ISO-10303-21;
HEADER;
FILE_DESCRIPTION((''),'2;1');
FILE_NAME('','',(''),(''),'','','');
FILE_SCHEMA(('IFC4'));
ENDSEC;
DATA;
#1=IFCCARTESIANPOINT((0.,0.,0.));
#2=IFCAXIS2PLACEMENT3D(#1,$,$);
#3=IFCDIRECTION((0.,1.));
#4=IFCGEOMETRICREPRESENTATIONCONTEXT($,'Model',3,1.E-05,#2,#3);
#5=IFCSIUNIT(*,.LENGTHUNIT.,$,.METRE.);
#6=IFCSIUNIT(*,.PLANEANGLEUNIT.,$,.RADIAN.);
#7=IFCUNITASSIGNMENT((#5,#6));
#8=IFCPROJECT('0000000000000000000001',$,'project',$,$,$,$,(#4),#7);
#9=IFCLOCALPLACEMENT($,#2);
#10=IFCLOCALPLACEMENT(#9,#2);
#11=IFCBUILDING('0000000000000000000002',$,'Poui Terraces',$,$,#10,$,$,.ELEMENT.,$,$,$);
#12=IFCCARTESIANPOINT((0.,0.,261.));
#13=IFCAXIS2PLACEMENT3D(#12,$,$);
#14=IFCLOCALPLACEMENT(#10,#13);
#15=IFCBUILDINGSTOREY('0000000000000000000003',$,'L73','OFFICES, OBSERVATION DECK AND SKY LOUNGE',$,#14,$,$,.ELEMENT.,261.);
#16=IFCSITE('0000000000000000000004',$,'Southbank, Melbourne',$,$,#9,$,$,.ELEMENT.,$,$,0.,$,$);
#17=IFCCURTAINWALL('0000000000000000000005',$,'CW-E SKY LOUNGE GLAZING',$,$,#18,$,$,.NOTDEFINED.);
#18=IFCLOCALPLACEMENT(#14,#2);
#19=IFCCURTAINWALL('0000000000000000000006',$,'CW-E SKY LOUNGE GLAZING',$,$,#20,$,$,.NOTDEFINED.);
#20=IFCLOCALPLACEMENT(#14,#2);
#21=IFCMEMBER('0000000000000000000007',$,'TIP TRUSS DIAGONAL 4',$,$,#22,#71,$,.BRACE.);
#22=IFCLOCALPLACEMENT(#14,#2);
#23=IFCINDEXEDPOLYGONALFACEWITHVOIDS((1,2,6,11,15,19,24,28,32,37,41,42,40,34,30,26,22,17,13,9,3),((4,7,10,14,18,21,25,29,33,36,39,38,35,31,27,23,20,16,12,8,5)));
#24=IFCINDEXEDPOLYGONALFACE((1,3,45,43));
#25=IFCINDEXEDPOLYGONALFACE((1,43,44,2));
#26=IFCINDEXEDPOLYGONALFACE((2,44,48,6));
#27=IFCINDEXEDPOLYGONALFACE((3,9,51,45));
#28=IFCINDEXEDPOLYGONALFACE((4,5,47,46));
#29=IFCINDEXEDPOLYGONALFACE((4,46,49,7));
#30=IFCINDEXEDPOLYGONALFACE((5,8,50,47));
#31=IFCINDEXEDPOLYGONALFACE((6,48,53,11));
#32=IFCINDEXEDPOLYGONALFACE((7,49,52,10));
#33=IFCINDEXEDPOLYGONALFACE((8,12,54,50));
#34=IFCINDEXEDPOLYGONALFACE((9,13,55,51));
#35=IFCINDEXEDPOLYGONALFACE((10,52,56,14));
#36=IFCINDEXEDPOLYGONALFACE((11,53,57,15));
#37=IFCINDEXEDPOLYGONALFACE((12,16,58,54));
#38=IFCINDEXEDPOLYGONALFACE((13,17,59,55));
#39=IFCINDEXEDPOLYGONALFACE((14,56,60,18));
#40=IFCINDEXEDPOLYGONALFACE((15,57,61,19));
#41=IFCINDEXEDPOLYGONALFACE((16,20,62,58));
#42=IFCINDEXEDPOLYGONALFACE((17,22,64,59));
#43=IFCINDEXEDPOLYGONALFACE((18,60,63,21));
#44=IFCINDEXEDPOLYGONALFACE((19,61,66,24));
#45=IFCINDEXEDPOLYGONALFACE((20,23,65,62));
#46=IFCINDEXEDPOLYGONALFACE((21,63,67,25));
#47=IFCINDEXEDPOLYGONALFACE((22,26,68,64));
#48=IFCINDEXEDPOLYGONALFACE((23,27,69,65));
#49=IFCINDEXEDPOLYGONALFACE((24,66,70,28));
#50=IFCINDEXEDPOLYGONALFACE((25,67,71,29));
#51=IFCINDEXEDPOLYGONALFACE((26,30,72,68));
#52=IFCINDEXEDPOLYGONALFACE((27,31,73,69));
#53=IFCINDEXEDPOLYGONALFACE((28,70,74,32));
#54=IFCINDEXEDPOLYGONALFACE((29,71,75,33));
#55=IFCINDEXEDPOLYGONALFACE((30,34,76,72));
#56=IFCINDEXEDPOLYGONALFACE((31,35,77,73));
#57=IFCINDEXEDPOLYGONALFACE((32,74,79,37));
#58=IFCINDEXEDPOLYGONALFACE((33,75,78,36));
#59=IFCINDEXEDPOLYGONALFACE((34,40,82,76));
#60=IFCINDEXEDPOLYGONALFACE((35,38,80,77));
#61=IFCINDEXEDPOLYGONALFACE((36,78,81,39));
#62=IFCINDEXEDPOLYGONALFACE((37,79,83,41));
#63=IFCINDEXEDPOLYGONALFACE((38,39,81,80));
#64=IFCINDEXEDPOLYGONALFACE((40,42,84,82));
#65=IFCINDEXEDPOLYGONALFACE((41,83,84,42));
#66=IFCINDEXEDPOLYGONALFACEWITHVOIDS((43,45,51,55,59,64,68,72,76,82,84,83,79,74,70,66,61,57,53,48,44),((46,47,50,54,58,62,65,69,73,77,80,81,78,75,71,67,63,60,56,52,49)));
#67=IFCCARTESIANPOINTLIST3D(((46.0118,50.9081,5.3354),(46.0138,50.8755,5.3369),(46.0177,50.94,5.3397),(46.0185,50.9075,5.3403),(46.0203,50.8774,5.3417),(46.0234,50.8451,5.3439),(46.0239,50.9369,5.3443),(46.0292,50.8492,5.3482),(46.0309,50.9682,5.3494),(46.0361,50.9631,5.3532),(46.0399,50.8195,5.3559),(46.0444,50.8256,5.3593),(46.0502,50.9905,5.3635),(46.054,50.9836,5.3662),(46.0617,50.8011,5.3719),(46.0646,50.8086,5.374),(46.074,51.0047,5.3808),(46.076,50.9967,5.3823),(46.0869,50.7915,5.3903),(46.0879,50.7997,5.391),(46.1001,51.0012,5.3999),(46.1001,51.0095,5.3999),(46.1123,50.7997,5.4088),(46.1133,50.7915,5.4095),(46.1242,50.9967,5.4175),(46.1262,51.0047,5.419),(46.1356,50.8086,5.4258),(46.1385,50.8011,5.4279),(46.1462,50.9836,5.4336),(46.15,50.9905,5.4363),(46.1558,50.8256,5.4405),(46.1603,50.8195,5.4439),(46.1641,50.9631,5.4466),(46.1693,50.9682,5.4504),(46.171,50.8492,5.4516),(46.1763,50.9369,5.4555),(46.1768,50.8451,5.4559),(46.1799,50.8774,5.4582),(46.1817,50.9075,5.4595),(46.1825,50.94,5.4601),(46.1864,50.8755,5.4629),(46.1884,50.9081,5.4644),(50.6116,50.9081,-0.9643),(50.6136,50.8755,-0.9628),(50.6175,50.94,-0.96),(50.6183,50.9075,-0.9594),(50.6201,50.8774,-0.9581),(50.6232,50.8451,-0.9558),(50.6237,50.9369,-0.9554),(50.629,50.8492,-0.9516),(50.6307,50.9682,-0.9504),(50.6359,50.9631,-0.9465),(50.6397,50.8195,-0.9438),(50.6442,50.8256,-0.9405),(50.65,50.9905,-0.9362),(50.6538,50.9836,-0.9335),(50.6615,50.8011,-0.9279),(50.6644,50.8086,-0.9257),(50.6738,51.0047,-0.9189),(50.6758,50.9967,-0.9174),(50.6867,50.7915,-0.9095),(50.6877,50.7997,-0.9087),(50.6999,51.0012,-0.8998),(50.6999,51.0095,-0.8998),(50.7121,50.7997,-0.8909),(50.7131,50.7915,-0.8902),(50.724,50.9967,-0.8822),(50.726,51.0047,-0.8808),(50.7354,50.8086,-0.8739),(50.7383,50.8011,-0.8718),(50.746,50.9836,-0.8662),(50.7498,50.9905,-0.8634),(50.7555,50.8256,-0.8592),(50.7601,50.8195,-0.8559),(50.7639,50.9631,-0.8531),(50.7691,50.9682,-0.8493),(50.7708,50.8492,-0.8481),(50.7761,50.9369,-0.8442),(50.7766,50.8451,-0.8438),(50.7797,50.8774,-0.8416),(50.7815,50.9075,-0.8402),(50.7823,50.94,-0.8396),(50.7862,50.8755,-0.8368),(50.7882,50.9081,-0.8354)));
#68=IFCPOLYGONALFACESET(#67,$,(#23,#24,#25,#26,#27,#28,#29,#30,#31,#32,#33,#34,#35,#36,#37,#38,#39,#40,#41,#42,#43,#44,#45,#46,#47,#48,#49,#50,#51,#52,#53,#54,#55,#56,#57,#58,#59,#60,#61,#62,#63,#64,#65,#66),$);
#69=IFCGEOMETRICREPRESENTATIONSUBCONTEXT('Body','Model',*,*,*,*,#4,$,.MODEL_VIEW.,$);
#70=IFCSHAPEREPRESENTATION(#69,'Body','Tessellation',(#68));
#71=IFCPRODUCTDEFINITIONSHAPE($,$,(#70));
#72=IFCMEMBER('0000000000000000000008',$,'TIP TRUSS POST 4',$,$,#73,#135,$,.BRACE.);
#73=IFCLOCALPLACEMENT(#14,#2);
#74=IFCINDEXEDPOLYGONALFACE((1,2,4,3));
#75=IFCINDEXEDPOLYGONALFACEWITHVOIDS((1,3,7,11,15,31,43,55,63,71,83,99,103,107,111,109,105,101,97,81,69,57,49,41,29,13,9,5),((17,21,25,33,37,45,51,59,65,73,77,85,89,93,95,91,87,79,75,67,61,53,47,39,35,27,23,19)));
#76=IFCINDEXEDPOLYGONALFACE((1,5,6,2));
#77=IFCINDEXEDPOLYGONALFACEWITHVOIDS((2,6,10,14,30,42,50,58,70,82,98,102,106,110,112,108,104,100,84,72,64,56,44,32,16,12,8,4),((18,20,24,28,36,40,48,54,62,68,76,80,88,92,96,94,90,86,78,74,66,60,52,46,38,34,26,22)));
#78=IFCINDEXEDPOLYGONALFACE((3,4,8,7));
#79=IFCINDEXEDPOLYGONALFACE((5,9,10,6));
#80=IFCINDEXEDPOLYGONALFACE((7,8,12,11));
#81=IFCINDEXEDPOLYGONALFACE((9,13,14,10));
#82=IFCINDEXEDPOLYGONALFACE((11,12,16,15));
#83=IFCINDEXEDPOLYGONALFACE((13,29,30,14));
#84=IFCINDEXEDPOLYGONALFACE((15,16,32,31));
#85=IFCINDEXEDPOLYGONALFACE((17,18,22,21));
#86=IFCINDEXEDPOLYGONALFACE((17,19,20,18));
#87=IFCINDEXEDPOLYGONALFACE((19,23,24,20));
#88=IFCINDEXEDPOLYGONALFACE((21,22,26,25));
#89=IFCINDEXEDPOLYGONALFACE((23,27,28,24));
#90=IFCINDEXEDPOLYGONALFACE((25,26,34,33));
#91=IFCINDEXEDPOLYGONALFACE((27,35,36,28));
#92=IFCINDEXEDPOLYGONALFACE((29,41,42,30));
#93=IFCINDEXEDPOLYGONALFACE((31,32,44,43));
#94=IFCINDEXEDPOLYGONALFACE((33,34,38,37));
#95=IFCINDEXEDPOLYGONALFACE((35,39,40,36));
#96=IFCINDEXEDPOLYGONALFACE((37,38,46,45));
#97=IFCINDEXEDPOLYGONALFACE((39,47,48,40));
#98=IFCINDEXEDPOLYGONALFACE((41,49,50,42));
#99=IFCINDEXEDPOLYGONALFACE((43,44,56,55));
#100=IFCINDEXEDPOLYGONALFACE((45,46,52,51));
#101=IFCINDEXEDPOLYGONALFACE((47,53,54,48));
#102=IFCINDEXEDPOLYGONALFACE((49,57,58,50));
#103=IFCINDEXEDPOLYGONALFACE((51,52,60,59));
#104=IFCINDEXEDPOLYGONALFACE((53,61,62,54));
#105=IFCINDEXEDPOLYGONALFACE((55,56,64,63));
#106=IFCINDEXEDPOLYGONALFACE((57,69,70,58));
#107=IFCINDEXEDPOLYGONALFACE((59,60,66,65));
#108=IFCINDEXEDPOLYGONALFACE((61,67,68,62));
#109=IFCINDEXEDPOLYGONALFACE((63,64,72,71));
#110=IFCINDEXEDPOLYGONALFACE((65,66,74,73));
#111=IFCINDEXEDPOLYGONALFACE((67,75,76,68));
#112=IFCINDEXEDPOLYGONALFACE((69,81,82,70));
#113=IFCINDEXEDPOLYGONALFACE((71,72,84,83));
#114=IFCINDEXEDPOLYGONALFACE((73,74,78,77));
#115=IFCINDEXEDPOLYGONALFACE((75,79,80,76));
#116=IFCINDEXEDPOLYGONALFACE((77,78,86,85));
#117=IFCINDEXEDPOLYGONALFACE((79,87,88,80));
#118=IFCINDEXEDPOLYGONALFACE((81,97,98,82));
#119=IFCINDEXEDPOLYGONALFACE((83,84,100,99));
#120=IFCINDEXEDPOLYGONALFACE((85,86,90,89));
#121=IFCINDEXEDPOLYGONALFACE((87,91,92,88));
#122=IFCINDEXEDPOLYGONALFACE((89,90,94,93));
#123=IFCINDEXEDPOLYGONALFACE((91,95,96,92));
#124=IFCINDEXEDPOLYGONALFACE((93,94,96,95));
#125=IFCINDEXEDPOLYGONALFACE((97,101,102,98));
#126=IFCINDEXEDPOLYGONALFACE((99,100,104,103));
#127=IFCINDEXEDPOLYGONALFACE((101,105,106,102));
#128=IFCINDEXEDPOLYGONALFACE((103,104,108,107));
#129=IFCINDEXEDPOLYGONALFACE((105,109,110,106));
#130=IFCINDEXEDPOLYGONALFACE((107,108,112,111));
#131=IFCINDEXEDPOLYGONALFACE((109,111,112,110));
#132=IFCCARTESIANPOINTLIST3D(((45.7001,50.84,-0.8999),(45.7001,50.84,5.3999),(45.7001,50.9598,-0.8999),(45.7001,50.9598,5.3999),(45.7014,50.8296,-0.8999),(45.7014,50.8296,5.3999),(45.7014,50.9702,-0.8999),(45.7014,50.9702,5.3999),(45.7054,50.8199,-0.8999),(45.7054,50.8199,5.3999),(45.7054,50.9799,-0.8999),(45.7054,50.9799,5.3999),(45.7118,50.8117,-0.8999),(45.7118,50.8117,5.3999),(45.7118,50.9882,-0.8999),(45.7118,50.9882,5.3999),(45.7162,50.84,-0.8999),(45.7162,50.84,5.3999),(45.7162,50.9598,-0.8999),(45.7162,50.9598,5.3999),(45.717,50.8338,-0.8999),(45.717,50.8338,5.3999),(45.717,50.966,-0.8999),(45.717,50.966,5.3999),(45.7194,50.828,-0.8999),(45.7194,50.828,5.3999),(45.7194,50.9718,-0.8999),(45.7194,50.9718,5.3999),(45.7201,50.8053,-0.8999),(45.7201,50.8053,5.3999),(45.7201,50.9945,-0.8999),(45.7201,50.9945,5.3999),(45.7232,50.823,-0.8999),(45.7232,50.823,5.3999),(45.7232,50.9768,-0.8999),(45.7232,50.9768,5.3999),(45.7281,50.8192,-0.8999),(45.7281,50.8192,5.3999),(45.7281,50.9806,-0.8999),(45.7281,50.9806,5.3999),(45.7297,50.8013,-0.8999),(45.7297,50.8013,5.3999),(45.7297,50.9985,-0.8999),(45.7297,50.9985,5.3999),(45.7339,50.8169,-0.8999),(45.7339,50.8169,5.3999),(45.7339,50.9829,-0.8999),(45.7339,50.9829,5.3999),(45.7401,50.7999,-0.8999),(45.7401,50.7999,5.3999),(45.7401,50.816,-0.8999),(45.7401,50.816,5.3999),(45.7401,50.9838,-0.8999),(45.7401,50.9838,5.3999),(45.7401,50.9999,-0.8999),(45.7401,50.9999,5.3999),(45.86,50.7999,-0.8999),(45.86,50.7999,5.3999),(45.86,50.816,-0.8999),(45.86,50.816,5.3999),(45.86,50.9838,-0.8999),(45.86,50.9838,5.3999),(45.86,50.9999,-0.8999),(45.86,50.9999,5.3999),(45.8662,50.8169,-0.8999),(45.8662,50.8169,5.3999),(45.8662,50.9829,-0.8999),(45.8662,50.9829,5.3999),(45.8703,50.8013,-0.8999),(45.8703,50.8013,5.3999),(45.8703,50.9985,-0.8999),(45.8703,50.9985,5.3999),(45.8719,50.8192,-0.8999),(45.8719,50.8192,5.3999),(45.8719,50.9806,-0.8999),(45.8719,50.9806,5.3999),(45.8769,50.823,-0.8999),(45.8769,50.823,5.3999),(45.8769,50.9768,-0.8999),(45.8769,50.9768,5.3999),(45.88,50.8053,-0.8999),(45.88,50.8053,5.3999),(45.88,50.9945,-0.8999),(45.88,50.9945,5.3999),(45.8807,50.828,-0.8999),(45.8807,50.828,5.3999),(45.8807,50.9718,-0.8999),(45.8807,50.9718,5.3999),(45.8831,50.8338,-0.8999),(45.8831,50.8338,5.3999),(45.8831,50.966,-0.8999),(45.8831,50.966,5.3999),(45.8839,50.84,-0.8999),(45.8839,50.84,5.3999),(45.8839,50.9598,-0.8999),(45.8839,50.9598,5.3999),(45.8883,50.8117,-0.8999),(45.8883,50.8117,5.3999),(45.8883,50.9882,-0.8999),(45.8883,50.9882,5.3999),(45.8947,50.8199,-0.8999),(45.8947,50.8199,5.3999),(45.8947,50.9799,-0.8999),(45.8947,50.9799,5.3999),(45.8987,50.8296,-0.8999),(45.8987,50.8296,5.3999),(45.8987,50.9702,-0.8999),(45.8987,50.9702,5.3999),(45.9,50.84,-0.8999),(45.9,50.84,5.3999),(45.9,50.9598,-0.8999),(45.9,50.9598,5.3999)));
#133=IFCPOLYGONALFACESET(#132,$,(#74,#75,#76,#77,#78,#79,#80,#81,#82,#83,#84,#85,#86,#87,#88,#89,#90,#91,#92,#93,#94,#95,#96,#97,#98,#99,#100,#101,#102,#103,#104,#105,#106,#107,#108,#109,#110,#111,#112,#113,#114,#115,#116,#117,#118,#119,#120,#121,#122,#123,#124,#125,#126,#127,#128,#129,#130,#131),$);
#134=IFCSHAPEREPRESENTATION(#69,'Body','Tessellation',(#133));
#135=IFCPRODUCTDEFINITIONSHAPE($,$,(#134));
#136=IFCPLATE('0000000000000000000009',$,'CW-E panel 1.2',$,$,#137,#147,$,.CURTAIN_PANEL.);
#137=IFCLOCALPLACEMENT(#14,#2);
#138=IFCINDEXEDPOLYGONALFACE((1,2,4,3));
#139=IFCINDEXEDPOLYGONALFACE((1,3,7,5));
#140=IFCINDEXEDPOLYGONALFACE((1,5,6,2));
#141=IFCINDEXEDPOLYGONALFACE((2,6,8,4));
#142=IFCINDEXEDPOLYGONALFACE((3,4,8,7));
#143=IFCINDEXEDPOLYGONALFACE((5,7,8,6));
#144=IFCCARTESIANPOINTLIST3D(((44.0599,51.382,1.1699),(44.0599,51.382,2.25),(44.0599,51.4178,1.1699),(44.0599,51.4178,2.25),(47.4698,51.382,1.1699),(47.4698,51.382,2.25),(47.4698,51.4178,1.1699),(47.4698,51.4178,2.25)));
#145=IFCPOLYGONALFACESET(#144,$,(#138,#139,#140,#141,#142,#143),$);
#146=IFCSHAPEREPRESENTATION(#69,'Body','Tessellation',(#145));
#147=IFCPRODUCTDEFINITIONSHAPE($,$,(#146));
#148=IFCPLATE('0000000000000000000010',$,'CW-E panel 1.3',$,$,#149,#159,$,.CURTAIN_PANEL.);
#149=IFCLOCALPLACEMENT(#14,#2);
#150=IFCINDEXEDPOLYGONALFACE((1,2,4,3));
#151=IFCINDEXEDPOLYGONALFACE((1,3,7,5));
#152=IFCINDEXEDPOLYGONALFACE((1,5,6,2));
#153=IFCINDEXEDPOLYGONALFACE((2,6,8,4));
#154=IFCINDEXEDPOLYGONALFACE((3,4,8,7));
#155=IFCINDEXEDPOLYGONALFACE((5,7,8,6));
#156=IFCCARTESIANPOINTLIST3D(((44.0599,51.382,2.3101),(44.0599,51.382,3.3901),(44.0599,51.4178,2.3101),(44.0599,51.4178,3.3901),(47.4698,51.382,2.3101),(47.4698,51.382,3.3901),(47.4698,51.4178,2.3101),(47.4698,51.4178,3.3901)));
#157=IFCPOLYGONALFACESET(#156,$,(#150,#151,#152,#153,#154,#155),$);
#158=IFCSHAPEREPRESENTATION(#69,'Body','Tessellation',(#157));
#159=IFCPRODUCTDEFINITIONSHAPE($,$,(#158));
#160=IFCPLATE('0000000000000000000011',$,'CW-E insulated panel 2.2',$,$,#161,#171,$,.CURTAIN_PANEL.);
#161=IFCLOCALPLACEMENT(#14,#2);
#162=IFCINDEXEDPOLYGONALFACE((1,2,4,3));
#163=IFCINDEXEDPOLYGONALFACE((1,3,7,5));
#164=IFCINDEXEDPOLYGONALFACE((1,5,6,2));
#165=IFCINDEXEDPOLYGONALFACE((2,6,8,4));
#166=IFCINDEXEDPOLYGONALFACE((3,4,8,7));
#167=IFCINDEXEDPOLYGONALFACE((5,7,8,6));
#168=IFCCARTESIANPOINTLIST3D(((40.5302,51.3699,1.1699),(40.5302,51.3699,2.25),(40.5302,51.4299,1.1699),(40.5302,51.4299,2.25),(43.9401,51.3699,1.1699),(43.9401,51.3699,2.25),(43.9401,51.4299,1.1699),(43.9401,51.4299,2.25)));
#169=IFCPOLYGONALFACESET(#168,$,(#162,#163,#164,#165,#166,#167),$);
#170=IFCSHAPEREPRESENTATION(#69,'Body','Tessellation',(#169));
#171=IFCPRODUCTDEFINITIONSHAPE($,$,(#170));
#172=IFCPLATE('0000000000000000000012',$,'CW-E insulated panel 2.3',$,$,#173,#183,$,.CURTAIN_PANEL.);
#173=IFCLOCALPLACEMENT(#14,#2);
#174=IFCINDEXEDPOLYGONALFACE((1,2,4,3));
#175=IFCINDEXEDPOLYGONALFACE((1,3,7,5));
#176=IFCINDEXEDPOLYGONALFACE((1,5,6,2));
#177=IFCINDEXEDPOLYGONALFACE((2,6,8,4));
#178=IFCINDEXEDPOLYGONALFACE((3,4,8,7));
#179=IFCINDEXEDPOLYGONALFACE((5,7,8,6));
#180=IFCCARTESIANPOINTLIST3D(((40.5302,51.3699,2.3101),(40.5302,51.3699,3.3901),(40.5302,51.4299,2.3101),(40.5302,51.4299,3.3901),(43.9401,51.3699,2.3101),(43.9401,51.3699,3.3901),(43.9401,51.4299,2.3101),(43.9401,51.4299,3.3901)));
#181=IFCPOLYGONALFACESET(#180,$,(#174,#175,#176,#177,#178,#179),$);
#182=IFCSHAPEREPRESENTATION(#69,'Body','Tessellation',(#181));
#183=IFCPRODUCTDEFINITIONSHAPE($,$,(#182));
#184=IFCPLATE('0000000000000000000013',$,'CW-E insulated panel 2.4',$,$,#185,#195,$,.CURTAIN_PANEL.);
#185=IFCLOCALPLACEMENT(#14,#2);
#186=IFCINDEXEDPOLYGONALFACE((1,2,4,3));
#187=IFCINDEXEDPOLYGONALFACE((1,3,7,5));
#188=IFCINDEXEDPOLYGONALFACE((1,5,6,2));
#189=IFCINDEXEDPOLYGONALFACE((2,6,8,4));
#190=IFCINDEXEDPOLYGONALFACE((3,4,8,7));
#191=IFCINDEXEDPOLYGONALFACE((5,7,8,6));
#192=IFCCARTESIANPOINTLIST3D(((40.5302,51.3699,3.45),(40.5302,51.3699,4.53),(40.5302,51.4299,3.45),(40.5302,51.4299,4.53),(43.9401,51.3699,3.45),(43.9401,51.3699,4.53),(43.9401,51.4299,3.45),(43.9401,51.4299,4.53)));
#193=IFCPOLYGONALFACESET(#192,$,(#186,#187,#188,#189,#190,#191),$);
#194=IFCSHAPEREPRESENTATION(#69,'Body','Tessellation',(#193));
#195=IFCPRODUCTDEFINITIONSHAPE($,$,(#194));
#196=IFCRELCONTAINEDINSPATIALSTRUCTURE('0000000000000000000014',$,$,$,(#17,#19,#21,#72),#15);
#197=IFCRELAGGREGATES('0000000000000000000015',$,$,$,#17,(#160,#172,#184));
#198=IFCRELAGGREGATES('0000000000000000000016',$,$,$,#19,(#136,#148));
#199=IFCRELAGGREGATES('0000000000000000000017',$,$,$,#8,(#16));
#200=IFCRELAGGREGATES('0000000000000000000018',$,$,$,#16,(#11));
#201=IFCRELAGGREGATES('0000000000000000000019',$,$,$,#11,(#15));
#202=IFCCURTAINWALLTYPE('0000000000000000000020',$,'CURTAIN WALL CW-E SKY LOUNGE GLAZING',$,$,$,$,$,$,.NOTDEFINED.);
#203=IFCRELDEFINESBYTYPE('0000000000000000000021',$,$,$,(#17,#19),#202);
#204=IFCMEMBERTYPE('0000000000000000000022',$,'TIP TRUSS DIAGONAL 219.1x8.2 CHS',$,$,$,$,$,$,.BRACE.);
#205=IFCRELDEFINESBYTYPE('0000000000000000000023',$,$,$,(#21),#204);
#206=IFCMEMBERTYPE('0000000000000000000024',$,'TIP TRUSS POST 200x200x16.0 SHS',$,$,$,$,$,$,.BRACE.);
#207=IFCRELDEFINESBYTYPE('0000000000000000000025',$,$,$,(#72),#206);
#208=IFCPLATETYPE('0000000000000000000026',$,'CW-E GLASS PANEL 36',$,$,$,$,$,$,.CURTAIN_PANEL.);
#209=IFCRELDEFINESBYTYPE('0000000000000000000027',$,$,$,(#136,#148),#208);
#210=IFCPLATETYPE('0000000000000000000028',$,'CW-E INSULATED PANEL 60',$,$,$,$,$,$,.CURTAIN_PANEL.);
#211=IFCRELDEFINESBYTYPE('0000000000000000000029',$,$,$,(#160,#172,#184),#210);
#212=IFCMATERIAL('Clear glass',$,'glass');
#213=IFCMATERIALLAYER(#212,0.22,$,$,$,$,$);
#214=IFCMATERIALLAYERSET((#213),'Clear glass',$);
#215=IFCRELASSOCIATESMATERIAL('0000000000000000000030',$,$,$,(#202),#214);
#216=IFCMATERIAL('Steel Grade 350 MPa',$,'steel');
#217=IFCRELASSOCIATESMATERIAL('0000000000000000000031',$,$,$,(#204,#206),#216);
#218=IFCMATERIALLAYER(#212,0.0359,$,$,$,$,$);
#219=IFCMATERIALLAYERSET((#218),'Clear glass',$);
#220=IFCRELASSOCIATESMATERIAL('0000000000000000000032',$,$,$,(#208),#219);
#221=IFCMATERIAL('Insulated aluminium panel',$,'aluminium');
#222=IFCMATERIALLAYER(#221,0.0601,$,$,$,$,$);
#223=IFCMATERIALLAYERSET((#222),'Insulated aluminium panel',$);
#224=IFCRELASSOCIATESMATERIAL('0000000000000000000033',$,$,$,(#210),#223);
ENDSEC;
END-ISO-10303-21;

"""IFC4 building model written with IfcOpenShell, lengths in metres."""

from ifc_helpers import new_model, si_unit, direction, frame, origin, origin_2d, place, context, subcontext, project, spatial, rectangle, hollow_rectangle, hollow_circle, extrude, material, layer, layer_set, material_profile, profile_set, type_object, element, aggregate, save


model = new_model("IFC4")

# Units and contexts
model_context = context("Model", 3, precision=1e-05, world=origin(), true_north=direction((0.0, 1.0)))
body_context = subcontext(model_context, "Body", "Model", "MODEL_VIEW")
ifc_project = project(units=[si_unit("LENGTHUNIT", "METRE"), si_unit("PLANEANGLEUNIT", "RADIAN")], contexts=[model_context])

# Site, building, storey
site_placement = place(None, origin())
site = spatial("IfcSite", under=ifc_project, at=site_placement, Name="Southbank, Melbourne", CompositionType="ELEMENT", RefElevation=0.0)
building_placement = place(site_placement, origin())
building = spatial("IfcBuilding", under=site, at=building_placement, Name="Poui Terraces", CompositionType="ELEMENT")
storey_placement = place(building_placement, frame((0.0, 0.0, 261.0)))
storey = spatial("IfcBuildingStorey", under=building, at=storey_placement, Name="L73", Description="OFFICES, OBSERVATION DECK AND SKY LOUNGE", CompositionType="ELEMENT", Elevation=261.0)

# Curtain wall
ifc_material_1 = material(Name="Clear glass", Category="glass")
ifc_layer_1 = layer(ifc_material_1, 0.22)
ifc_layer_set_1 = layer_set([ifc_layer_1], Name="Clear glass")
curtain_wall_type = type_object("IfcCurtainWallType", Name="CURTAIN WALL CW-E SKY LOUNGE GLAZING", PredefinedType="NOTDEFINED", material=ifc_layer_set_1)
curtain_wall_1_placement = place(storey_placement, origin())
curtain_wall_1 = element("IfcCurtainWall", 1, at=curtain_wall_1_placement, inside=storey, type_object=curtain_wall_type, Name="CW-E SKY LOUNGE GLAZING", PredefinedType="NOTDEFINED")

# Curtain wall
curtain_wall_2_placement = place(storey_placement, origin())
curtain_wall_2 = element("IfcCurtainWall", 2, at=curtain_wall_2_placement, inside=storey, type_object=curtain_wall_type, Name="CW-E SKY LOUNGE GLAZING", PredefinedType="NOTDEFINED")

# Members
ifc_material_2 = material(Name="Steel Grade 350 MPa", Category="steel")
ifc_material_profile_1 = material_profile(ifc_material_2, hollow_circle(Radius=0.1096, WallThickness=0.0083, at=origin_2d()), Name="219.1x8.2 CHS")
ifc_profile_set_1 = profile_set([ifc_material_profile_1], Name="Steel Grade 350 MPa")
member_type_1 = type_object("IfcMemberType", Name="TIP TRUSS DIAGONAL 219.1x8.2 CHS", PredefinedType="BRACE", material=ifc_profile_set_1)
member_1_placement = place(storey_placement, frame((46.1001, 50.8999, 5.3999), z_axis=(0.589695, 0.0, -0.807626), x_axis=(0.0, 1.0, 0.0)))
element("IfcMember", 3, at=member_1_placement, inside=storey, type_object=member_type_1, Name="TIP TRUSS DIAGONAL 4", PredefinedType="BRACE", context=body_context, shape_type="SweptSolid", body=[
    extrude(hollow_circle(Radius=0.1096, WallThickness=0.0083, at=origin_2d()), origin(), (0.0, 0.0, 1.0), 7.8003),
])
ifc_material_profile_2 = material_profile(ifc_material_2, hollow_rectangle(XDim=0.2, YDim=0.2, WallThickness=0.0161, InnerFilletRadius=0.0239, OuterFilletRadius=0.04, at=origin_2d()), Name="200x200x16.0 SHS")
ifc_profile_set_2 = profile_set([ifc_material_profile_2], Name="Steel Grade 350 MPa")
member_type_2 = type_object("IfcMemberType", Name="TIP TRUSS POST 200x200x16.0 SHS", PredefinedType="BRACE", material=ifc_profile_set_2)
member_2_placement = place(storey_placement, frame((45.8, 50.8999, -0.8999), z_axis=(0.0, 0.0, 1.0), x_axis=(1.0, 0.0, 0.0)))
element("IfcMember", 4, at=member_2_placement, inside=storey, type_object=member_type_2, Name="TIP TRUSS POST 4", PredefinedType="BRACE", context=body_context, shape_type="SweptSolid", body=[
    extrude(hollow_rectangle(XDim=0.2, YDim=0.2, WallThickness=0.0161, InnerFilletRadius=0.0239, OuterFilletRadius=0.04, at=origin_2d()), origin(), (0.0, 0.0, 1.0), 6.2998),
])

# Plates
ifc_layer_2 = layer(ifc_material_1, 0.0359)
ifc_layer_set_2 = layer_set([ifc_layer_2], Name="Clear glass")
plate_type_1 = type_object("IfcPlateType", Name="CW-E GLASS PANEL 36", PredefinedType="CURTAIN_PANEL", material=ifc_layer_set_2)
plate_1_placement = place(storey_placement, frame((45.7649, 51.3999, 1.1699), z_axis=(0.0, 0.0, 1.0), x_axis=(1.0, 0.0, 0.0)))
plate_1 = element("IfcPlate", 5, at=plate_1_placement, type_object=plate_type_1, Name="CW-E panel 1.2", PredefinedType="CURTAIN_PANEL", context=body_context, shape_type="SweptSolid", body=[
    extrude(rectangle(XDim=3.4099, YDim=0.0359, at=origin_2d()), origin(), (0.0, 0.0, 1.0), 1.0801),
])
plate_2_placement = place(storey_placement, frame((45.7649, 51.3999, 2.3101), z_axis=(0.0, 0.0, 1.0), x_axis=(1.0, 0.0, 0.0)))
plate_2 = element("IfcPlate", 6, at=plate_2_placement, type_object=plate_type_1, Name="CW-E panel 1.3", PredefinedType="CURTAIN_PANEL", context=body_context, shape_type="SweptSolid", body=[
    extrude(rectangle(XDim=3.4099, YDim=0.0359, at=origin_2d()), origin(), (0.0, 0.0, 1.0), 1.0801),
])
ifc_material_3 = material(Name="Insulated aluminium panel", Category="aluminium")
ifc_layer_3 = layer(ifc_material_3, 0.0601)
ifc_layer_set_3 = layer_set([ifc_layer_3], Name="Insulated aluminium panel")
plate_type_2 = type_object("IfcPlateType", Name="CW-E INSULATED PANEL 60", PredefinedType="CURTAIN_PANEL", material=ifc_layer_set_3)
plate_3_placement = place(storey_placement, frame((42.2351, 51.3999, 1.1699), z_axis=(0.0, 0.0, 1.0), x_axis=(1.0, 0.0, 0.0)))
plate_3 = element("IfcPlate", 7, at=plate_3_placement, type_object=plate_type_2, Name="CW-E insulated panel 2.2", PredefinedType="CURTAIN_PANEL", context=body_context, shape_type="SweptSolid", body=[
    extrude(rectangle(XDim=3.4099, YDim=0.0601, at=origin_2d()), origin(), (0.0, 0.0, 1.0), 1.0801),
])
plate_4_placement = place(storey_placement, frame((42.2351, 51.3999, 2.3101), z_axis=(0.0, 0.0, 1.0), x_axis=(1.0, 0.0, 0.0)))
plate_4 = element("IfcPlate", 8, at=plate_4_placement, type_object=plate_type_2, Name="CW-E insulated panel 2.3", PredefinedType="CURTAIN_PANEL", context=body_context, shape_type="SweptSolid", body=[
    extrude(rectangle(XDim=3.4099, YDim=0.0601, at=origin_2d()), origin(), (0.0, 0.0, 1.0), 1.0801),
])
plate_5_placement = place(storey_placement, frame((42.2351, 51.3999, 3.45), z_axis=(0.0, 0.0, 1.0), x_axis=(1.0, 0.0, 0.0)))
plate_5 = element("IfcPlate", 9, at=plate_5_placement, type_object=plate_type_2, Name="CW-E insulated panel 2.4", PredefinedType="CURTAIN_PANEL", context=body_context, shape_type="SweptSolid", body=[
    extrude(rectangle(XDim=3.4099, YDim=0.0601, at=origin_2d()), origin(), (0.0, 0.0, 1.0), 1.0801),
])
aggregate(curtain_wall_1, [plate_3, plate_4, plate_5])
aggregate(curtain_wall_2, [plate_1, plate_2])

save(model, "model.ifc")
